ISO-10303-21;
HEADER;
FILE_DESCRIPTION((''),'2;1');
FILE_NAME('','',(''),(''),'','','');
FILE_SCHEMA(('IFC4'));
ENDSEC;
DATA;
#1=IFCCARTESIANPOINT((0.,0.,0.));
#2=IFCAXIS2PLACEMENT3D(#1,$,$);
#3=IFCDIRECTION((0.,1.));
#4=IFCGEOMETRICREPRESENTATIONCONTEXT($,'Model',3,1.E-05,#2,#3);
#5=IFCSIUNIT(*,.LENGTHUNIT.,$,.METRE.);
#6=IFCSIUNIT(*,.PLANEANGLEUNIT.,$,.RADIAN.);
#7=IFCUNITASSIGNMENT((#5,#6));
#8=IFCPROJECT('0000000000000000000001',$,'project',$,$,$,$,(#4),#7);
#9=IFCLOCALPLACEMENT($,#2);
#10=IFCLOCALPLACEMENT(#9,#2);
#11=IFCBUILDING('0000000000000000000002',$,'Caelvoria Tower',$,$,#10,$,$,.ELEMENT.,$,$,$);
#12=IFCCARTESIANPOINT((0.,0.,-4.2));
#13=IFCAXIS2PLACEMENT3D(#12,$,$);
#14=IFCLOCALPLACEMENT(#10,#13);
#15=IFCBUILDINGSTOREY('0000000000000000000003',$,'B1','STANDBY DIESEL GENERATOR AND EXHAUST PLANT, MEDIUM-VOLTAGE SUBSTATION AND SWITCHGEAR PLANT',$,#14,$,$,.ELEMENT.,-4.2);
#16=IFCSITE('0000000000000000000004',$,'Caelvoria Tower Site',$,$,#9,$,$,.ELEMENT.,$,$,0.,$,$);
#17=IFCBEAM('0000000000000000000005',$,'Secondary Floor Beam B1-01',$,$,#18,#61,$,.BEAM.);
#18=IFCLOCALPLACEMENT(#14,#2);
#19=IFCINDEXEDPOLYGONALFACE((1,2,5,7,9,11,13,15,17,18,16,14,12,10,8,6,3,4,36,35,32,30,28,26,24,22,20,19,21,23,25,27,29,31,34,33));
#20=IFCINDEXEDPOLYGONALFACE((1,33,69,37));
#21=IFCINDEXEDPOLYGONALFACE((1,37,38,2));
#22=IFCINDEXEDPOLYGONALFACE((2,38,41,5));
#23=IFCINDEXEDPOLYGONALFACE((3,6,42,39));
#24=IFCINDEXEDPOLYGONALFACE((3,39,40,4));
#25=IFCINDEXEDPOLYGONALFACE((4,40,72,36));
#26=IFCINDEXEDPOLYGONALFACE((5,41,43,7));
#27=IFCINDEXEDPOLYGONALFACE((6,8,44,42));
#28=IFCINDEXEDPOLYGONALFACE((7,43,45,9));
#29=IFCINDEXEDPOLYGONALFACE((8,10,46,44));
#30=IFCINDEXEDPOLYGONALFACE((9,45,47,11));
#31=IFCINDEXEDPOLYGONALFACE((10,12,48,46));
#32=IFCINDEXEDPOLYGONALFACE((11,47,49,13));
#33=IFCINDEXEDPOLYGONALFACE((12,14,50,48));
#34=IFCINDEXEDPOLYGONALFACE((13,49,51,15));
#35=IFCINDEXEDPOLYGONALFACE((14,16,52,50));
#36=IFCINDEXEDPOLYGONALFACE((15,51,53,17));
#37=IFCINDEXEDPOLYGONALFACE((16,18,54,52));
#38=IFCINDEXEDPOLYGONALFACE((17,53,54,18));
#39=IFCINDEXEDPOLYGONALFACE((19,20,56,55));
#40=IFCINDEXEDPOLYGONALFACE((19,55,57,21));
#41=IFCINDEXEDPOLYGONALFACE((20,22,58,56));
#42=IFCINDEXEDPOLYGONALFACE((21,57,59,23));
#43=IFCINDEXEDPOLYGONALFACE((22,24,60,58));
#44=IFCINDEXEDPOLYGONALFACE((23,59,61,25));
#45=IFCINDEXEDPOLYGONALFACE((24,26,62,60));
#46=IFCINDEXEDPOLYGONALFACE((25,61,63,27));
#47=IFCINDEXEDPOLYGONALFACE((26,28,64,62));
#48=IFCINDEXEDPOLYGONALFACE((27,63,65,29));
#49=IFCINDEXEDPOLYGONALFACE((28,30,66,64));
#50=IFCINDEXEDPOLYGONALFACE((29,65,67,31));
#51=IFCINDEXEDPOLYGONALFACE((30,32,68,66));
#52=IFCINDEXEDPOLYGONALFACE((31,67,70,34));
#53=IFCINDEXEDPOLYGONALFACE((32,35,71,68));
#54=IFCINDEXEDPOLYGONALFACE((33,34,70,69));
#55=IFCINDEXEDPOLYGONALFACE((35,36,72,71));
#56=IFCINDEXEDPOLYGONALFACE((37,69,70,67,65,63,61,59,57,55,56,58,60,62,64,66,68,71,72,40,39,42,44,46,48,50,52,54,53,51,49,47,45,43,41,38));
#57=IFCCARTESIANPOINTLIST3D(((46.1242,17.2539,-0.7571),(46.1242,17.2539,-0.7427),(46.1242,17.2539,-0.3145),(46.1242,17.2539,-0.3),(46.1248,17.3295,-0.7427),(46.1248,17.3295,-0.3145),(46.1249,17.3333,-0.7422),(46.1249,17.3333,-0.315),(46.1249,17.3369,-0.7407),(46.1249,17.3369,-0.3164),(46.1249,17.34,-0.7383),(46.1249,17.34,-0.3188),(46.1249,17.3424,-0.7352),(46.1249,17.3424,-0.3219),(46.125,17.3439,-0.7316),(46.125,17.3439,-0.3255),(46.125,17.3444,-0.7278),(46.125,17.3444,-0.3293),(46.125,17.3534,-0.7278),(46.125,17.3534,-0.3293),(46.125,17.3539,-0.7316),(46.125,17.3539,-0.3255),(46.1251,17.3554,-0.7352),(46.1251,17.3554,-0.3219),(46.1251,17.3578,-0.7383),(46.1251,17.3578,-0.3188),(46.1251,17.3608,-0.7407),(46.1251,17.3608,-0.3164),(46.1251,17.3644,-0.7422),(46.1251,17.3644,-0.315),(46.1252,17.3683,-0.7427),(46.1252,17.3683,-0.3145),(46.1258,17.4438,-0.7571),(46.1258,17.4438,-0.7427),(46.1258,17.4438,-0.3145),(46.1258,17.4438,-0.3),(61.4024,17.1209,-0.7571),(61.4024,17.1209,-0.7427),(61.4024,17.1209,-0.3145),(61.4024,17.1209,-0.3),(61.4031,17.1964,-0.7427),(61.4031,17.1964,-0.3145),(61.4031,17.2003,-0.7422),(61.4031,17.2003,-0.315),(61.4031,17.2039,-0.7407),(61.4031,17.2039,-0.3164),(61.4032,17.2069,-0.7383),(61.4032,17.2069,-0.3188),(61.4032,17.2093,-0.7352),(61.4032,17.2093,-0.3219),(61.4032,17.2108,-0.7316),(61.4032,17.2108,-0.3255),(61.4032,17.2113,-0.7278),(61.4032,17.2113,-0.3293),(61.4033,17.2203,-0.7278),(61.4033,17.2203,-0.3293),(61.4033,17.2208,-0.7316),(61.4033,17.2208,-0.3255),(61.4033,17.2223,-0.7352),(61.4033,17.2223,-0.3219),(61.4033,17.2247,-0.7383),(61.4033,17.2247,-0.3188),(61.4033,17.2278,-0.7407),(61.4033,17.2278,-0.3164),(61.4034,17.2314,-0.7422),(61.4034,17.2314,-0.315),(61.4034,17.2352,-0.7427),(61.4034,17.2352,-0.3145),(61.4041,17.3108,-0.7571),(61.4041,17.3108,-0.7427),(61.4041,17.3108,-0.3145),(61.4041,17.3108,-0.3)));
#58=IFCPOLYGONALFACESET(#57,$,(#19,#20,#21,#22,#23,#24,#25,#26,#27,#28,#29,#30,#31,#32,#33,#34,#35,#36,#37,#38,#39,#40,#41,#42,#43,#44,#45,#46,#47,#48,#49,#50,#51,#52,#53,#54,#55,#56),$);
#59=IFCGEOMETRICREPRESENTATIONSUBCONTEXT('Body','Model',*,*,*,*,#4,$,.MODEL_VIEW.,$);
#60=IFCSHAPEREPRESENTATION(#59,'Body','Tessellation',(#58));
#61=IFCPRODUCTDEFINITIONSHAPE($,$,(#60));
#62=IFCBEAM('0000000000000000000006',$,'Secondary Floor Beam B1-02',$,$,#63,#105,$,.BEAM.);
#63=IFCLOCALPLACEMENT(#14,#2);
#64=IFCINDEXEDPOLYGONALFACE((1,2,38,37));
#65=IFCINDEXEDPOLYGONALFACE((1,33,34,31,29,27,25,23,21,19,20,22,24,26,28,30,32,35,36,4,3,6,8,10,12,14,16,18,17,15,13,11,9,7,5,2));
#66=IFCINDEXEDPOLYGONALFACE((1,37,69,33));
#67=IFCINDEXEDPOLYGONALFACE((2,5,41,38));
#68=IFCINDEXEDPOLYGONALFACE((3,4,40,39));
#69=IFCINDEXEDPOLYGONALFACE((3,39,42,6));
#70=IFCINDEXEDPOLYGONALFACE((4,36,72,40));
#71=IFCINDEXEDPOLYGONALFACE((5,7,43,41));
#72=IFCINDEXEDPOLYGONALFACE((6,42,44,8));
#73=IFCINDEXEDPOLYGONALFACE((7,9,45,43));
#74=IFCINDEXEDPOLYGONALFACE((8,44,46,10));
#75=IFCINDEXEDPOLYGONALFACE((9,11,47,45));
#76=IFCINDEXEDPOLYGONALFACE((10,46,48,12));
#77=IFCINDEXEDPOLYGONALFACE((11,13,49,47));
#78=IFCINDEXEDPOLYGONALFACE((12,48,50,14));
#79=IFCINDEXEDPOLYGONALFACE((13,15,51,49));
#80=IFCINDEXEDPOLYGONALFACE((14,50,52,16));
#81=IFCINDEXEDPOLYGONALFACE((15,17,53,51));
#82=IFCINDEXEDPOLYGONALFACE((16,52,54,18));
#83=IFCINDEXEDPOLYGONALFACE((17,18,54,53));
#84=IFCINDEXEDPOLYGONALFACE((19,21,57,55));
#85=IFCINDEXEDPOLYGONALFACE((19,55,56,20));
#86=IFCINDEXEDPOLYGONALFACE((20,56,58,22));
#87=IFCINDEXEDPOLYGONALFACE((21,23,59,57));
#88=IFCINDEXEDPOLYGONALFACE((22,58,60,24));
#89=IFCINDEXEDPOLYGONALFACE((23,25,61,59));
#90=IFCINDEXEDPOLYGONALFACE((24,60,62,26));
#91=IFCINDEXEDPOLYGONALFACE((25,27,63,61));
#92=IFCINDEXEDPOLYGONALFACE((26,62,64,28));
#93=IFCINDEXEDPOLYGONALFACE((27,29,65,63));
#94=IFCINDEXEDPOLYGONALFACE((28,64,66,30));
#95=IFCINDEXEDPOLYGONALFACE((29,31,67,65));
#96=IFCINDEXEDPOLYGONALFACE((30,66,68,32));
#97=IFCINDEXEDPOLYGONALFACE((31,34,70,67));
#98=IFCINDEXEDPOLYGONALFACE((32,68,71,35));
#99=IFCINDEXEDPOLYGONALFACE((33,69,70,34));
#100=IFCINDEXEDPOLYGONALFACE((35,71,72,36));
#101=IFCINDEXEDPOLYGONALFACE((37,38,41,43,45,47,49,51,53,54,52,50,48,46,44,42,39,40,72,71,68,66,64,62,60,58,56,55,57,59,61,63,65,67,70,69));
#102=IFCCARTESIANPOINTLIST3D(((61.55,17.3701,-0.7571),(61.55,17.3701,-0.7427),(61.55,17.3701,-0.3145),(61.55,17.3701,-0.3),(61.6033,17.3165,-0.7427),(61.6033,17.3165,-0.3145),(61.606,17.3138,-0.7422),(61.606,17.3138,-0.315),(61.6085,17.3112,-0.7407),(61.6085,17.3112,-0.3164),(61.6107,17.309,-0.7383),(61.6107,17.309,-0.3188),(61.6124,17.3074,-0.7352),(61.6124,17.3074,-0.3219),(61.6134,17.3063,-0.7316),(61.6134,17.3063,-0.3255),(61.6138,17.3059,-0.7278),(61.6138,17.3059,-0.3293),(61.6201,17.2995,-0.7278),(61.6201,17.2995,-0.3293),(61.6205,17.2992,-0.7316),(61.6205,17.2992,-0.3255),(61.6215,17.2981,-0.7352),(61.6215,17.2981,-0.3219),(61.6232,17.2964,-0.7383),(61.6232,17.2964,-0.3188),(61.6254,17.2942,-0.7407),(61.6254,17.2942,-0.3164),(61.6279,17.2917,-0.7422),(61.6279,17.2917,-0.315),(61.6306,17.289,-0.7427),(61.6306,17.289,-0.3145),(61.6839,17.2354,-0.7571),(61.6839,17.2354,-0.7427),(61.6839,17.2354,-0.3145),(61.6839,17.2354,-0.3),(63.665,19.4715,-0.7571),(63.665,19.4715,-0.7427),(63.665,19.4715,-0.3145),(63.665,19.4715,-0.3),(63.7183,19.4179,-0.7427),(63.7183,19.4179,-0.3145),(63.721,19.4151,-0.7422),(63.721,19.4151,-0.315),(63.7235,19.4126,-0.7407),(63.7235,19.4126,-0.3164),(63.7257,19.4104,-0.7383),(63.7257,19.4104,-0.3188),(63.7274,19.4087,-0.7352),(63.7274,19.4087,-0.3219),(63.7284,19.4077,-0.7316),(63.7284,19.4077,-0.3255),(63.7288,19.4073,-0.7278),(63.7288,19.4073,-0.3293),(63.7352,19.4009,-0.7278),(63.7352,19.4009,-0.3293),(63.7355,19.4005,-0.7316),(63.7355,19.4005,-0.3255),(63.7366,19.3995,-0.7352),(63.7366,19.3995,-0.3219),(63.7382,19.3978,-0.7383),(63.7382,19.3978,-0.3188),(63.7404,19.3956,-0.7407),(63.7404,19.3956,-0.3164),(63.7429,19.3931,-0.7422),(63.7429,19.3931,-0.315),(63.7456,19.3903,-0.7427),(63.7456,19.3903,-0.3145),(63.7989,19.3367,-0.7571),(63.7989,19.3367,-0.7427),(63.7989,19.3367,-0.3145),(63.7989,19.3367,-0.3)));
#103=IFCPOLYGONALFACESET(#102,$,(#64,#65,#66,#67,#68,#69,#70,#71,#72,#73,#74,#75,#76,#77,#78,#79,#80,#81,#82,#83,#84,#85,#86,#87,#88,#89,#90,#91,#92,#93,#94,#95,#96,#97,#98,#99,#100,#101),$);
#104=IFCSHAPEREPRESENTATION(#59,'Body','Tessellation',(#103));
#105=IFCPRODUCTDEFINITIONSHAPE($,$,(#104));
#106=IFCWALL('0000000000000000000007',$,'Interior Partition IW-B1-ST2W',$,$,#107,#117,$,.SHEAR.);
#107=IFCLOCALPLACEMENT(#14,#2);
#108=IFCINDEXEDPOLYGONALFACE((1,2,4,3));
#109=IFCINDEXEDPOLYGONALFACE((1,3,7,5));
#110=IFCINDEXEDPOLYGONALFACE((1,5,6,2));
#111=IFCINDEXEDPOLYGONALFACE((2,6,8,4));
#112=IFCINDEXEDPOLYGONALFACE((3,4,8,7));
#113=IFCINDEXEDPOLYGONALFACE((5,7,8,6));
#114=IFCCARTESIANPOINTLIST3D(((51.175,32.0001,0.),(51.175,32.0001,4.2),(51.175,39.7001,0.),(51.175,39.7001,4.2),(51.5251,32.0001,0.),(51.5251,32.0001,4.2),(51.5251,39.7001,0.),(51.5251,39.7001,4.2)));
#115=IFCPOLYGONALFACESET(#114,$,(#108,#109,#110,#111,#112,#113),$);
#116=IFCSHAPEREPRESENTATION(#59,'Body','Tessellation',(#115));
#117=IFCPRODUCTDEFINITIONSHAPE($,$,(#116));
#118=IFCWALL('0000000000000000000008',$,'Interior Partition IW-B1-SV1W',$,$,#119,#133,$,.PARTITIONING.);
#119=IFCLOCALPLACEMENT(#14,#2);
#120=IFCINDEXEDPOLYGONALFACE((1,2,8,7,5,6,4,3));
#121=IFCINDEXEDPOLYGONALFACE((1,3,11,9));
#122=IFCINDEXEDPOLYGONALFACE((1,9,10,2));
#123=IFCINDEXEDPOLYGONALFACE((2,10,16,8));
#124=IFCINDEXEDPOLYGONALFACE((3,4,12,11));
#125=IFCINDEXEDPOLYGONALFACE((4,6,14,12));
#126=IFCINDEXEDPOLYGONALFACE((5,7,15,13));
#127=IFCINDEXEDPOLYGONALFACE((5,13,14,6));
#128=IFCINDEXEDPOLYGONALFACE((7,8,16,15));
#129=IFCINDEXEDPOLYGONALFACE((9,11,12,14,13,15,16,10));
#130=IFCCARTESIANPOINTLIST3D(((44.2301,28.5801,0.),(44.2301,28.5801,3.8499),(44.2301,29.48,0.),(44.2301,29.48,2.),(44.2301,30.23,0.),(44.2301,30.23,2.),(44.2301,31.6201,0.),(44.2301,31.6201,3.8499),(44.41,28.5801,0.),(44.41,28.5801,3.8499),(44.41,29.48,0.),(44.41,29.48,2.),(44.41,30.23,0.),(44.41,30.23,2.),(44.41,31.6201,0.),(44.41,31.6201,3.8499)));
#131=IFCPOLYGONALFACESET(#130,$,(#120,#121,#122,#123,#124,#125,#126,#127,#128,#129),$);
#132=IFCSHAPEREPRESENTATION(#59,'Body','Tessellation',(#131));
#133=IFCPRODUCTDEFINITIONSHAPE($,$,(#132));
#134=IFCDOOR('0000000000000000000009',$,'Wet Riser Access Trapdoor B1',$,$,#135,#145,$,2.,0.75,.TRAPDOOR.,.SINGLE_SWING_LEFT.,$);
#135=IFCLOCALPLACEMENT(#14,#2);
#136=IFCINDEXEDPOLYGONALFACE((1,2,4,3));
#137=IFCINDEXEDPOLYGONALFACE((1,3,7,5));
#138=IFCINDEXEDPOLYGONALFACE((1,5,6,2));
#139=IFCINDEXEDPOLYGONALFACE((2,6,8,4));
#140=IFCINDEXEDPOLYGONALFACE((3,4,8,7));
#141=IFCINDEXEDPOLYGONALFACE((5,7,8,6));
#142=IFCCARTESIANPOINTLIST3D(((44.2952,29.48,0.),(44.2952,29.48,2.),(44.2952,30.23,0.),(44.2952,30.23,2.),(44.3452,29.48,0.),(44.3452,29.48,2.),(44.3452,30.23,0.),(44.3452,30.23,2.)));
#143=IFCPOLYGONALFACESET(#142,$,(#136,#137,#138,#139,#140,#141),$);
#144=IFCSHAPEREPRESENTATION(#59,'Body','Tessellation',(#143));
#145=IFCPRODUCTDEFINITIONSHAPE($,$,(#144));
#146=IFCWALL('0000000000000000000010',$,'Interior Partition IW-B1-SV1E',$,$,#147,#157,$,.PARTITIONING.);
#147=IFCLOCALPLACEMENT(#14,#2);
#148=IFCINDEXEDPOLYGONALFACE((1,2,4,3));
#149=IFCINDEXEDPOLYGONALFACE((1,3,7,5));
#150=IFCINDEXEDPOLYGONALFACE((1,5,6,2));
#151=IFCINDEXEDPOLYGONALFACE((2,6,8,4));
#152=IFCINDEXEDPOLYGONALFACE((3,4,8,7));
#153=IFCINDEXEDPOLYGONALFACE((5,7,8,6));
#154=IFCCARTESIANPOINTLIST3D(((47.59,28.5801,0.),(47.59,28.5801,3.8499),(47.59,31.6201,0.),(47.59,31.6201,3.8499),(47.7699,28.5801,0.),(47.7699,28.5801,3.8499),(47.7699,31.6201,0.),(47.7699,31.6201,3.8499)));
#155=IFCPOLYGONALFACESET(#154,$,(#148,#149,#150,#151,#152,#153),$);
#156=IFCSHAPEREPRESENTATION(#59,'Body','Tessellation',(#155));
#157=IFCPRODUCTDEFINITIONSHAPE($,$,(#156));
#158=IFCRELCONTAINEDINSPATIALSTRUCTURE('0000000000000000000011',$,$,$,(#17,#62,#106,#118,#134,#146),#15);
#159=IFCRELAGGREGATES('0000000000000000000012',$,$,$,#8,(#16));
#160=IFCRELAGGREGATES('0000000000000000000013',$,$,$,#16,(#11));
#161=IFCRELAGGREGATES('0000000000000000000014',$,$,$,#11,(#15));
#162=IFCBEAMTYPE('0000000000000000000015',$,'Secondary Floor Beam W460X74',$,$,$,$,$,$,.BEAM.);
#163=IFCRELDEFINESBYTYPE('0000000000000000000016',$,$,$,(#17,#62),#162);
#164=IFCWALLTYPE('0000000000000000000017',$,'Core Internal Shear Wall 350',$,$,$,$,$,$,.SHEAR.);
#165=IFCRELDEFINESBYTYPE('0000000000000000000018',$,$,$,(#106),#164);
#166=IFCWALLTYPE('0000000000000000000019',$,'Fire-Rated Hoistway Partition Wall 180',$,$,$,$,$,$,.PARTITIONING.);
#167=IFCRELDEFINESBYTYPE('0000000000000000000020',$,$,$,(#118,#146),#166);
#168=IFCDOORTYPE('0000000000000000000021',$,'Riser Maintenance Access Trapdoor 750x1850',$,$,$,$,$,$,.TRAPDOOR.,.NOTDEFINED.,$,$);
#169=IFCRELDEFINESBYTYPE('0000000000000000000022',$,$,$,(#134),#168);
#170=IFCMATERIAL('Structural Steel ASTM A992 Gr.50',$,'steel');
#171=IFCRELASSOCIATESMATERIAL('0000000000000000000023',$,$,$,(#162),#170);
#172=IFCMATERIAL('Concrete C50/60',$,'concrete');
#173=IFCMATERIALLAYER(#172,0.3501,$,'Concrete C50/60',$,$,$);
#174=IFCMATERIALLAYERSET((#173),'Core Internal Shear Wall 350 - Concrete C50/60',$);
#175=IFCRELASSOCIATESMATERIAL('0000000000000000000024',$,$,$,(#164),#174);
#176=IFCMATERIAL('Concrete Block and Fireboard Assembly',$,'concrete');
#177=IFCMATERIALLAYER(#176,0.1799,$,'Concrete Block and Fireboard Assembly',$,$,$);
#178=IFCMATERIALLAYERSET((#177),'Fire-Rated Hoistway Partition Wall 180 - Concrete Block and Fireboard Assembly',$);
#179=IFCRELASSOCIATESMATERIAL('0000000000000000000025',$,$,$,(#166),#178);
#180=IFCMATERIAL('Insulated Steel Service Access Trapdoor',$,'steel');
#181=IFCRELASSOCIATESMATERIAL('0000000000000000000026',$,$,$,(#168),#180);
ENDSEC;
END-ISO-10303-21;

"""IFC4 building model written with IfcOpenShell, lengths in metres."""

from ifc_helpers import new_model, si_unit, direction, frame, frame_2d, origin, origin_2d, place, context, subcontext, project, spatial, rectangle, i_section, extrude, material, layer, layer_set, material_profile, profile_set, type_object, element, fill, save


model = new_model("IFC4")

# Units and contexts
model_context = context("Model", 3, precision=1e-05, world=origin(), true_north=direction((0.0, 1.0)))
body_context = subcontext(model_context, "Body", "Model", "MODEL_VIEW")
ifc_project = project(units=[si_unit("LENGTHUNIT", "METRE"), si_unit("PLANEANGLEUNIT", "RADIAN")], contexts=[model_context])

# Site, building, storey
site_placement = place(None, origin())
site = spatial("IfcSite", under=ifc_project, at=site_placement, Name="Caelvoria Tower Site", CompositionType="ELEMENT", RefElevation=0.0)
building_placement = place(site_placement, origin())
building = spatial("IfcBuilding", under=site, at=building_placement, Name="Caelvoria Tower", CompositionType="ELEMENT")
storey_placement = place(building_placement, frame((0.0, 0.0, -4.2)))
storey = spatial("IfcBuildingStorey", under=building, at=storey_placement, Name="B1", Description="STANDBY DIESEL GENERATOR AND EXHAUST PLANT, MEDIUM-VOLTAGE SUBSTATION AND SWITCHGEAR PLANT", CompositionType="ELEMENT", Elevation=-4.2)

# Shared definitions
ifc_material_1 = material(Name="Concrete C50/60", Category="concrete")

# Beams
ifc_material_2 = material(Name="Structural Steel ASTM A992 Gr.50", Category="steel")
ifc_material_profile_1 = material_profile(ifc_material_2, i_section(OverallWidth=0.1899, OverallDepth=0.457, WebThickness=0.009, FlangeThickness=0.0144, FilletRadius=0.0149, at=origin_2d()), Name="Structural Steel ASTM A992 Gr.50")
ifc_profile_set_1 = profile_set([ifc_material_profile_1], Name="W460X74 - Structural Steel ASTM A992 Gr.50")
beam_type_1 = type_object("IfcBeamType", Name="Secondary Floor Beam W460X74", PredefinedType="BEAM", material=ifc_profile_set_1)
beam_1_placement = place(storey_placement, frame((46.125, 17.3489, -0.5286), z_axis=(0.999962, -0.008709, 0.0), x_axis=(0.008709, 0.999962, 0.0)))
element("IfcBeam", 1, at=beam_1_placement, inside=storey, type_object=beam_type_1, Name="Secondary Floor Beam B1-01", PredefinedType="BEAM", context=body_context, shape_type="SweptSolid", body=[
    extrude(i_section(OverallWidth=0.1899, OverallDepth=0.457, WebThickness=0.009, FlangeThickness=0.0144, FilletRadius=0.0149, at=origin_2d()), origin(), (0.0, 0.0, 1.0), 15.2788),
])
beam_2_placement = place(storey_placement, frame((61.6169, 17.3027, -0.5286), z_axis=(0.709396, 0.70481, 0.0), x_axis=(-0.70481, 0.709396, 0.0)))
element("IfcBeam", 2, at=beam_2_placement, inside=storey, type_object=beam_type_1, Name="Secondary Floor Beam B1-02", PredefinedType="BEAM", context=body_context, shape_type="SweptSolid", body=[
    extrude(i_section(OverallWidth=0.1899, OverallDepth=0.457, WebThickness=0.009, FlangeThickness=0.0144, FilletRadius=0.0149, at=origin_2d()), origin(), (0.0, 0.0, 1.0), 2.9814),
])

# Wall
ifc_layer_1 = layer(ifc_material_1, 0.3501, Name="Concrete C50/60")
ifc_layer_set_1 = layer_set([ifc_layer_1], Name="Core Internal Shear Wall 350 - Concrete C50/60")
wall_type_1 = type_object("IfcWallType", Name="Core Internal Shear Wall 350", PredefinedType="SHEAR", material=ifc_layer_set_1)
wall_1_placement = place(storey_placement, frame((51.3501, 32.0, 0.0), z_axis=(0.0, 0.0, 1.0), x_axis=(0.0, 1.0, 0.0)))
element("IfcWall", 3, at=wall_1_placement, inside=storey, type_object=wall_type_1, Name="Interior Partition IW-B1-ST2W", PredefinedType="SHEAR", context=body_context, shape_type="SweptSolid", body=[
    extrude(rectangle(XDim=7.7, YDim=0.3501, at=frame_2d((3.8501, 0.0))), origin(), (0.0, 0.0, 1.0), 4.2),
])

# Wall, opening, door
ifc_material_3 = material(Name="Concrete Block and Fireboard Assembly", Category="concrete")
ifc_layer_2 = layer(ifc_material_3, 0.1799, Name="Concrete Block and Fireboard Assembly")
ifc_layer_set_2 = layer_set([ifc_layer_2], Name="Fire-Rated Hoistway Partition Wall 180 - Concrete Block and Fireboard Assembly")
wall_type_2 = type_object("IfcWallType", Name="Fire-Rated Hoistway Partition Wall 180", PredefinedType="PARTITIONING", material=ifc_layer_set_2)
wall_2_placement = place(storey_placement, frame((44.3201, 28.5801, 0.0), z_axis=(0.0, 0.0, 1.0), x_axis=(0.0, 1.0, 0.0)))
wall_2 = element("IfcWall", 4, at=wall_2_placement, inside=storey, type_object=wall_type_2, Name="Interior Partition IW-B1-SV1W", PredefinedType="PARTITIONING", context=body_context, shape_type="SweptSolid", body=[
    extrude(rectangle(XDim=3.04, YDim=0.1799, at=frame_2d((1.52, 0.0))), origin(), (0.0, 0.0, 1.0), 3.8499),
])
opening_1_placement = place(wall_2_placement, frame((0.8999, 0.0, 0.0)))
opening_1 = element("IfcOpeningElement", 5, at=opening_1_placement, cuts=wall_2, PredefinedType="OPENING", context=body_context, shape_type="SweptSolid", body=[
    extrude(rectangle(XDim=0.75, YDim=2.0, at=frame_2d((0.375, 1.0))), frame((0.0, 0.0999, 0.0), z_axis=(0.0, -1.0, 0.0), x_axis=(1.0, 0.0, 0.0)), (0.0, 0.0, 1.0), 0.2),
])
ifc_material_4 = material(Name="Insulated Steel Service Access Trapdoor", Category="steel")
door_type_1 = type_object("IfcDoorType", Name="Riser Maintenance Access Trapdoor 750x1850", OperationType="NOTDEFINED", PredefinedType="TRAPDOOR", material=ifc_material_4)
door_1_placement = place(opening_1_placement, origin())
door_1 = element("IfcDoor", 6, at=door_1_placement, inside=storey, type_object=door_type_1, Name="Wet Riser Access Trapdoor B1", OperationType="SINGLE_SWING_LEFT", OverallHeight=2.0, OverallWidth=0.75, PredefinedType="TRAPDOOR", context=body_context, shape_type="SweptSolid", body=[
    extrude(rectangle(XDim=0.75, YDim=2.0, at=frame_2d((0.375, 1.0))), frame((0.0, 0.0249, 0.0), z_axis=(0.0, -1.0, 0.0), x_axis=(1.0, 0.0, 0.0)), (0.0, 0.0, 1.0), 0.05),
])
fill(opening_1, door_1)

# Wall
wall_3_placement = place(storey_placement, frame((47.6799, 28.5801, 0.0), z_axis=(0.0, 0.0, 1.0), x_axis=(0.0, 1.0, 0.0)))
element("IfcWall", 7, at=wall_3_placement, inside=storey, type_object=wall_type_2, Name="Interior Partition IW-B1-SV1E", PredefinedType="PARTITIONING", context=body_context, shape_type="SweptSolid", body=[
    extrude(rectangle(XDim=3.04, YDim=0.1799, at=frame_2d((1.52, 0.0))), origin(), (0.0, 0.0, 1.0), 3.8499),
])

save(model, "model.ifc")
